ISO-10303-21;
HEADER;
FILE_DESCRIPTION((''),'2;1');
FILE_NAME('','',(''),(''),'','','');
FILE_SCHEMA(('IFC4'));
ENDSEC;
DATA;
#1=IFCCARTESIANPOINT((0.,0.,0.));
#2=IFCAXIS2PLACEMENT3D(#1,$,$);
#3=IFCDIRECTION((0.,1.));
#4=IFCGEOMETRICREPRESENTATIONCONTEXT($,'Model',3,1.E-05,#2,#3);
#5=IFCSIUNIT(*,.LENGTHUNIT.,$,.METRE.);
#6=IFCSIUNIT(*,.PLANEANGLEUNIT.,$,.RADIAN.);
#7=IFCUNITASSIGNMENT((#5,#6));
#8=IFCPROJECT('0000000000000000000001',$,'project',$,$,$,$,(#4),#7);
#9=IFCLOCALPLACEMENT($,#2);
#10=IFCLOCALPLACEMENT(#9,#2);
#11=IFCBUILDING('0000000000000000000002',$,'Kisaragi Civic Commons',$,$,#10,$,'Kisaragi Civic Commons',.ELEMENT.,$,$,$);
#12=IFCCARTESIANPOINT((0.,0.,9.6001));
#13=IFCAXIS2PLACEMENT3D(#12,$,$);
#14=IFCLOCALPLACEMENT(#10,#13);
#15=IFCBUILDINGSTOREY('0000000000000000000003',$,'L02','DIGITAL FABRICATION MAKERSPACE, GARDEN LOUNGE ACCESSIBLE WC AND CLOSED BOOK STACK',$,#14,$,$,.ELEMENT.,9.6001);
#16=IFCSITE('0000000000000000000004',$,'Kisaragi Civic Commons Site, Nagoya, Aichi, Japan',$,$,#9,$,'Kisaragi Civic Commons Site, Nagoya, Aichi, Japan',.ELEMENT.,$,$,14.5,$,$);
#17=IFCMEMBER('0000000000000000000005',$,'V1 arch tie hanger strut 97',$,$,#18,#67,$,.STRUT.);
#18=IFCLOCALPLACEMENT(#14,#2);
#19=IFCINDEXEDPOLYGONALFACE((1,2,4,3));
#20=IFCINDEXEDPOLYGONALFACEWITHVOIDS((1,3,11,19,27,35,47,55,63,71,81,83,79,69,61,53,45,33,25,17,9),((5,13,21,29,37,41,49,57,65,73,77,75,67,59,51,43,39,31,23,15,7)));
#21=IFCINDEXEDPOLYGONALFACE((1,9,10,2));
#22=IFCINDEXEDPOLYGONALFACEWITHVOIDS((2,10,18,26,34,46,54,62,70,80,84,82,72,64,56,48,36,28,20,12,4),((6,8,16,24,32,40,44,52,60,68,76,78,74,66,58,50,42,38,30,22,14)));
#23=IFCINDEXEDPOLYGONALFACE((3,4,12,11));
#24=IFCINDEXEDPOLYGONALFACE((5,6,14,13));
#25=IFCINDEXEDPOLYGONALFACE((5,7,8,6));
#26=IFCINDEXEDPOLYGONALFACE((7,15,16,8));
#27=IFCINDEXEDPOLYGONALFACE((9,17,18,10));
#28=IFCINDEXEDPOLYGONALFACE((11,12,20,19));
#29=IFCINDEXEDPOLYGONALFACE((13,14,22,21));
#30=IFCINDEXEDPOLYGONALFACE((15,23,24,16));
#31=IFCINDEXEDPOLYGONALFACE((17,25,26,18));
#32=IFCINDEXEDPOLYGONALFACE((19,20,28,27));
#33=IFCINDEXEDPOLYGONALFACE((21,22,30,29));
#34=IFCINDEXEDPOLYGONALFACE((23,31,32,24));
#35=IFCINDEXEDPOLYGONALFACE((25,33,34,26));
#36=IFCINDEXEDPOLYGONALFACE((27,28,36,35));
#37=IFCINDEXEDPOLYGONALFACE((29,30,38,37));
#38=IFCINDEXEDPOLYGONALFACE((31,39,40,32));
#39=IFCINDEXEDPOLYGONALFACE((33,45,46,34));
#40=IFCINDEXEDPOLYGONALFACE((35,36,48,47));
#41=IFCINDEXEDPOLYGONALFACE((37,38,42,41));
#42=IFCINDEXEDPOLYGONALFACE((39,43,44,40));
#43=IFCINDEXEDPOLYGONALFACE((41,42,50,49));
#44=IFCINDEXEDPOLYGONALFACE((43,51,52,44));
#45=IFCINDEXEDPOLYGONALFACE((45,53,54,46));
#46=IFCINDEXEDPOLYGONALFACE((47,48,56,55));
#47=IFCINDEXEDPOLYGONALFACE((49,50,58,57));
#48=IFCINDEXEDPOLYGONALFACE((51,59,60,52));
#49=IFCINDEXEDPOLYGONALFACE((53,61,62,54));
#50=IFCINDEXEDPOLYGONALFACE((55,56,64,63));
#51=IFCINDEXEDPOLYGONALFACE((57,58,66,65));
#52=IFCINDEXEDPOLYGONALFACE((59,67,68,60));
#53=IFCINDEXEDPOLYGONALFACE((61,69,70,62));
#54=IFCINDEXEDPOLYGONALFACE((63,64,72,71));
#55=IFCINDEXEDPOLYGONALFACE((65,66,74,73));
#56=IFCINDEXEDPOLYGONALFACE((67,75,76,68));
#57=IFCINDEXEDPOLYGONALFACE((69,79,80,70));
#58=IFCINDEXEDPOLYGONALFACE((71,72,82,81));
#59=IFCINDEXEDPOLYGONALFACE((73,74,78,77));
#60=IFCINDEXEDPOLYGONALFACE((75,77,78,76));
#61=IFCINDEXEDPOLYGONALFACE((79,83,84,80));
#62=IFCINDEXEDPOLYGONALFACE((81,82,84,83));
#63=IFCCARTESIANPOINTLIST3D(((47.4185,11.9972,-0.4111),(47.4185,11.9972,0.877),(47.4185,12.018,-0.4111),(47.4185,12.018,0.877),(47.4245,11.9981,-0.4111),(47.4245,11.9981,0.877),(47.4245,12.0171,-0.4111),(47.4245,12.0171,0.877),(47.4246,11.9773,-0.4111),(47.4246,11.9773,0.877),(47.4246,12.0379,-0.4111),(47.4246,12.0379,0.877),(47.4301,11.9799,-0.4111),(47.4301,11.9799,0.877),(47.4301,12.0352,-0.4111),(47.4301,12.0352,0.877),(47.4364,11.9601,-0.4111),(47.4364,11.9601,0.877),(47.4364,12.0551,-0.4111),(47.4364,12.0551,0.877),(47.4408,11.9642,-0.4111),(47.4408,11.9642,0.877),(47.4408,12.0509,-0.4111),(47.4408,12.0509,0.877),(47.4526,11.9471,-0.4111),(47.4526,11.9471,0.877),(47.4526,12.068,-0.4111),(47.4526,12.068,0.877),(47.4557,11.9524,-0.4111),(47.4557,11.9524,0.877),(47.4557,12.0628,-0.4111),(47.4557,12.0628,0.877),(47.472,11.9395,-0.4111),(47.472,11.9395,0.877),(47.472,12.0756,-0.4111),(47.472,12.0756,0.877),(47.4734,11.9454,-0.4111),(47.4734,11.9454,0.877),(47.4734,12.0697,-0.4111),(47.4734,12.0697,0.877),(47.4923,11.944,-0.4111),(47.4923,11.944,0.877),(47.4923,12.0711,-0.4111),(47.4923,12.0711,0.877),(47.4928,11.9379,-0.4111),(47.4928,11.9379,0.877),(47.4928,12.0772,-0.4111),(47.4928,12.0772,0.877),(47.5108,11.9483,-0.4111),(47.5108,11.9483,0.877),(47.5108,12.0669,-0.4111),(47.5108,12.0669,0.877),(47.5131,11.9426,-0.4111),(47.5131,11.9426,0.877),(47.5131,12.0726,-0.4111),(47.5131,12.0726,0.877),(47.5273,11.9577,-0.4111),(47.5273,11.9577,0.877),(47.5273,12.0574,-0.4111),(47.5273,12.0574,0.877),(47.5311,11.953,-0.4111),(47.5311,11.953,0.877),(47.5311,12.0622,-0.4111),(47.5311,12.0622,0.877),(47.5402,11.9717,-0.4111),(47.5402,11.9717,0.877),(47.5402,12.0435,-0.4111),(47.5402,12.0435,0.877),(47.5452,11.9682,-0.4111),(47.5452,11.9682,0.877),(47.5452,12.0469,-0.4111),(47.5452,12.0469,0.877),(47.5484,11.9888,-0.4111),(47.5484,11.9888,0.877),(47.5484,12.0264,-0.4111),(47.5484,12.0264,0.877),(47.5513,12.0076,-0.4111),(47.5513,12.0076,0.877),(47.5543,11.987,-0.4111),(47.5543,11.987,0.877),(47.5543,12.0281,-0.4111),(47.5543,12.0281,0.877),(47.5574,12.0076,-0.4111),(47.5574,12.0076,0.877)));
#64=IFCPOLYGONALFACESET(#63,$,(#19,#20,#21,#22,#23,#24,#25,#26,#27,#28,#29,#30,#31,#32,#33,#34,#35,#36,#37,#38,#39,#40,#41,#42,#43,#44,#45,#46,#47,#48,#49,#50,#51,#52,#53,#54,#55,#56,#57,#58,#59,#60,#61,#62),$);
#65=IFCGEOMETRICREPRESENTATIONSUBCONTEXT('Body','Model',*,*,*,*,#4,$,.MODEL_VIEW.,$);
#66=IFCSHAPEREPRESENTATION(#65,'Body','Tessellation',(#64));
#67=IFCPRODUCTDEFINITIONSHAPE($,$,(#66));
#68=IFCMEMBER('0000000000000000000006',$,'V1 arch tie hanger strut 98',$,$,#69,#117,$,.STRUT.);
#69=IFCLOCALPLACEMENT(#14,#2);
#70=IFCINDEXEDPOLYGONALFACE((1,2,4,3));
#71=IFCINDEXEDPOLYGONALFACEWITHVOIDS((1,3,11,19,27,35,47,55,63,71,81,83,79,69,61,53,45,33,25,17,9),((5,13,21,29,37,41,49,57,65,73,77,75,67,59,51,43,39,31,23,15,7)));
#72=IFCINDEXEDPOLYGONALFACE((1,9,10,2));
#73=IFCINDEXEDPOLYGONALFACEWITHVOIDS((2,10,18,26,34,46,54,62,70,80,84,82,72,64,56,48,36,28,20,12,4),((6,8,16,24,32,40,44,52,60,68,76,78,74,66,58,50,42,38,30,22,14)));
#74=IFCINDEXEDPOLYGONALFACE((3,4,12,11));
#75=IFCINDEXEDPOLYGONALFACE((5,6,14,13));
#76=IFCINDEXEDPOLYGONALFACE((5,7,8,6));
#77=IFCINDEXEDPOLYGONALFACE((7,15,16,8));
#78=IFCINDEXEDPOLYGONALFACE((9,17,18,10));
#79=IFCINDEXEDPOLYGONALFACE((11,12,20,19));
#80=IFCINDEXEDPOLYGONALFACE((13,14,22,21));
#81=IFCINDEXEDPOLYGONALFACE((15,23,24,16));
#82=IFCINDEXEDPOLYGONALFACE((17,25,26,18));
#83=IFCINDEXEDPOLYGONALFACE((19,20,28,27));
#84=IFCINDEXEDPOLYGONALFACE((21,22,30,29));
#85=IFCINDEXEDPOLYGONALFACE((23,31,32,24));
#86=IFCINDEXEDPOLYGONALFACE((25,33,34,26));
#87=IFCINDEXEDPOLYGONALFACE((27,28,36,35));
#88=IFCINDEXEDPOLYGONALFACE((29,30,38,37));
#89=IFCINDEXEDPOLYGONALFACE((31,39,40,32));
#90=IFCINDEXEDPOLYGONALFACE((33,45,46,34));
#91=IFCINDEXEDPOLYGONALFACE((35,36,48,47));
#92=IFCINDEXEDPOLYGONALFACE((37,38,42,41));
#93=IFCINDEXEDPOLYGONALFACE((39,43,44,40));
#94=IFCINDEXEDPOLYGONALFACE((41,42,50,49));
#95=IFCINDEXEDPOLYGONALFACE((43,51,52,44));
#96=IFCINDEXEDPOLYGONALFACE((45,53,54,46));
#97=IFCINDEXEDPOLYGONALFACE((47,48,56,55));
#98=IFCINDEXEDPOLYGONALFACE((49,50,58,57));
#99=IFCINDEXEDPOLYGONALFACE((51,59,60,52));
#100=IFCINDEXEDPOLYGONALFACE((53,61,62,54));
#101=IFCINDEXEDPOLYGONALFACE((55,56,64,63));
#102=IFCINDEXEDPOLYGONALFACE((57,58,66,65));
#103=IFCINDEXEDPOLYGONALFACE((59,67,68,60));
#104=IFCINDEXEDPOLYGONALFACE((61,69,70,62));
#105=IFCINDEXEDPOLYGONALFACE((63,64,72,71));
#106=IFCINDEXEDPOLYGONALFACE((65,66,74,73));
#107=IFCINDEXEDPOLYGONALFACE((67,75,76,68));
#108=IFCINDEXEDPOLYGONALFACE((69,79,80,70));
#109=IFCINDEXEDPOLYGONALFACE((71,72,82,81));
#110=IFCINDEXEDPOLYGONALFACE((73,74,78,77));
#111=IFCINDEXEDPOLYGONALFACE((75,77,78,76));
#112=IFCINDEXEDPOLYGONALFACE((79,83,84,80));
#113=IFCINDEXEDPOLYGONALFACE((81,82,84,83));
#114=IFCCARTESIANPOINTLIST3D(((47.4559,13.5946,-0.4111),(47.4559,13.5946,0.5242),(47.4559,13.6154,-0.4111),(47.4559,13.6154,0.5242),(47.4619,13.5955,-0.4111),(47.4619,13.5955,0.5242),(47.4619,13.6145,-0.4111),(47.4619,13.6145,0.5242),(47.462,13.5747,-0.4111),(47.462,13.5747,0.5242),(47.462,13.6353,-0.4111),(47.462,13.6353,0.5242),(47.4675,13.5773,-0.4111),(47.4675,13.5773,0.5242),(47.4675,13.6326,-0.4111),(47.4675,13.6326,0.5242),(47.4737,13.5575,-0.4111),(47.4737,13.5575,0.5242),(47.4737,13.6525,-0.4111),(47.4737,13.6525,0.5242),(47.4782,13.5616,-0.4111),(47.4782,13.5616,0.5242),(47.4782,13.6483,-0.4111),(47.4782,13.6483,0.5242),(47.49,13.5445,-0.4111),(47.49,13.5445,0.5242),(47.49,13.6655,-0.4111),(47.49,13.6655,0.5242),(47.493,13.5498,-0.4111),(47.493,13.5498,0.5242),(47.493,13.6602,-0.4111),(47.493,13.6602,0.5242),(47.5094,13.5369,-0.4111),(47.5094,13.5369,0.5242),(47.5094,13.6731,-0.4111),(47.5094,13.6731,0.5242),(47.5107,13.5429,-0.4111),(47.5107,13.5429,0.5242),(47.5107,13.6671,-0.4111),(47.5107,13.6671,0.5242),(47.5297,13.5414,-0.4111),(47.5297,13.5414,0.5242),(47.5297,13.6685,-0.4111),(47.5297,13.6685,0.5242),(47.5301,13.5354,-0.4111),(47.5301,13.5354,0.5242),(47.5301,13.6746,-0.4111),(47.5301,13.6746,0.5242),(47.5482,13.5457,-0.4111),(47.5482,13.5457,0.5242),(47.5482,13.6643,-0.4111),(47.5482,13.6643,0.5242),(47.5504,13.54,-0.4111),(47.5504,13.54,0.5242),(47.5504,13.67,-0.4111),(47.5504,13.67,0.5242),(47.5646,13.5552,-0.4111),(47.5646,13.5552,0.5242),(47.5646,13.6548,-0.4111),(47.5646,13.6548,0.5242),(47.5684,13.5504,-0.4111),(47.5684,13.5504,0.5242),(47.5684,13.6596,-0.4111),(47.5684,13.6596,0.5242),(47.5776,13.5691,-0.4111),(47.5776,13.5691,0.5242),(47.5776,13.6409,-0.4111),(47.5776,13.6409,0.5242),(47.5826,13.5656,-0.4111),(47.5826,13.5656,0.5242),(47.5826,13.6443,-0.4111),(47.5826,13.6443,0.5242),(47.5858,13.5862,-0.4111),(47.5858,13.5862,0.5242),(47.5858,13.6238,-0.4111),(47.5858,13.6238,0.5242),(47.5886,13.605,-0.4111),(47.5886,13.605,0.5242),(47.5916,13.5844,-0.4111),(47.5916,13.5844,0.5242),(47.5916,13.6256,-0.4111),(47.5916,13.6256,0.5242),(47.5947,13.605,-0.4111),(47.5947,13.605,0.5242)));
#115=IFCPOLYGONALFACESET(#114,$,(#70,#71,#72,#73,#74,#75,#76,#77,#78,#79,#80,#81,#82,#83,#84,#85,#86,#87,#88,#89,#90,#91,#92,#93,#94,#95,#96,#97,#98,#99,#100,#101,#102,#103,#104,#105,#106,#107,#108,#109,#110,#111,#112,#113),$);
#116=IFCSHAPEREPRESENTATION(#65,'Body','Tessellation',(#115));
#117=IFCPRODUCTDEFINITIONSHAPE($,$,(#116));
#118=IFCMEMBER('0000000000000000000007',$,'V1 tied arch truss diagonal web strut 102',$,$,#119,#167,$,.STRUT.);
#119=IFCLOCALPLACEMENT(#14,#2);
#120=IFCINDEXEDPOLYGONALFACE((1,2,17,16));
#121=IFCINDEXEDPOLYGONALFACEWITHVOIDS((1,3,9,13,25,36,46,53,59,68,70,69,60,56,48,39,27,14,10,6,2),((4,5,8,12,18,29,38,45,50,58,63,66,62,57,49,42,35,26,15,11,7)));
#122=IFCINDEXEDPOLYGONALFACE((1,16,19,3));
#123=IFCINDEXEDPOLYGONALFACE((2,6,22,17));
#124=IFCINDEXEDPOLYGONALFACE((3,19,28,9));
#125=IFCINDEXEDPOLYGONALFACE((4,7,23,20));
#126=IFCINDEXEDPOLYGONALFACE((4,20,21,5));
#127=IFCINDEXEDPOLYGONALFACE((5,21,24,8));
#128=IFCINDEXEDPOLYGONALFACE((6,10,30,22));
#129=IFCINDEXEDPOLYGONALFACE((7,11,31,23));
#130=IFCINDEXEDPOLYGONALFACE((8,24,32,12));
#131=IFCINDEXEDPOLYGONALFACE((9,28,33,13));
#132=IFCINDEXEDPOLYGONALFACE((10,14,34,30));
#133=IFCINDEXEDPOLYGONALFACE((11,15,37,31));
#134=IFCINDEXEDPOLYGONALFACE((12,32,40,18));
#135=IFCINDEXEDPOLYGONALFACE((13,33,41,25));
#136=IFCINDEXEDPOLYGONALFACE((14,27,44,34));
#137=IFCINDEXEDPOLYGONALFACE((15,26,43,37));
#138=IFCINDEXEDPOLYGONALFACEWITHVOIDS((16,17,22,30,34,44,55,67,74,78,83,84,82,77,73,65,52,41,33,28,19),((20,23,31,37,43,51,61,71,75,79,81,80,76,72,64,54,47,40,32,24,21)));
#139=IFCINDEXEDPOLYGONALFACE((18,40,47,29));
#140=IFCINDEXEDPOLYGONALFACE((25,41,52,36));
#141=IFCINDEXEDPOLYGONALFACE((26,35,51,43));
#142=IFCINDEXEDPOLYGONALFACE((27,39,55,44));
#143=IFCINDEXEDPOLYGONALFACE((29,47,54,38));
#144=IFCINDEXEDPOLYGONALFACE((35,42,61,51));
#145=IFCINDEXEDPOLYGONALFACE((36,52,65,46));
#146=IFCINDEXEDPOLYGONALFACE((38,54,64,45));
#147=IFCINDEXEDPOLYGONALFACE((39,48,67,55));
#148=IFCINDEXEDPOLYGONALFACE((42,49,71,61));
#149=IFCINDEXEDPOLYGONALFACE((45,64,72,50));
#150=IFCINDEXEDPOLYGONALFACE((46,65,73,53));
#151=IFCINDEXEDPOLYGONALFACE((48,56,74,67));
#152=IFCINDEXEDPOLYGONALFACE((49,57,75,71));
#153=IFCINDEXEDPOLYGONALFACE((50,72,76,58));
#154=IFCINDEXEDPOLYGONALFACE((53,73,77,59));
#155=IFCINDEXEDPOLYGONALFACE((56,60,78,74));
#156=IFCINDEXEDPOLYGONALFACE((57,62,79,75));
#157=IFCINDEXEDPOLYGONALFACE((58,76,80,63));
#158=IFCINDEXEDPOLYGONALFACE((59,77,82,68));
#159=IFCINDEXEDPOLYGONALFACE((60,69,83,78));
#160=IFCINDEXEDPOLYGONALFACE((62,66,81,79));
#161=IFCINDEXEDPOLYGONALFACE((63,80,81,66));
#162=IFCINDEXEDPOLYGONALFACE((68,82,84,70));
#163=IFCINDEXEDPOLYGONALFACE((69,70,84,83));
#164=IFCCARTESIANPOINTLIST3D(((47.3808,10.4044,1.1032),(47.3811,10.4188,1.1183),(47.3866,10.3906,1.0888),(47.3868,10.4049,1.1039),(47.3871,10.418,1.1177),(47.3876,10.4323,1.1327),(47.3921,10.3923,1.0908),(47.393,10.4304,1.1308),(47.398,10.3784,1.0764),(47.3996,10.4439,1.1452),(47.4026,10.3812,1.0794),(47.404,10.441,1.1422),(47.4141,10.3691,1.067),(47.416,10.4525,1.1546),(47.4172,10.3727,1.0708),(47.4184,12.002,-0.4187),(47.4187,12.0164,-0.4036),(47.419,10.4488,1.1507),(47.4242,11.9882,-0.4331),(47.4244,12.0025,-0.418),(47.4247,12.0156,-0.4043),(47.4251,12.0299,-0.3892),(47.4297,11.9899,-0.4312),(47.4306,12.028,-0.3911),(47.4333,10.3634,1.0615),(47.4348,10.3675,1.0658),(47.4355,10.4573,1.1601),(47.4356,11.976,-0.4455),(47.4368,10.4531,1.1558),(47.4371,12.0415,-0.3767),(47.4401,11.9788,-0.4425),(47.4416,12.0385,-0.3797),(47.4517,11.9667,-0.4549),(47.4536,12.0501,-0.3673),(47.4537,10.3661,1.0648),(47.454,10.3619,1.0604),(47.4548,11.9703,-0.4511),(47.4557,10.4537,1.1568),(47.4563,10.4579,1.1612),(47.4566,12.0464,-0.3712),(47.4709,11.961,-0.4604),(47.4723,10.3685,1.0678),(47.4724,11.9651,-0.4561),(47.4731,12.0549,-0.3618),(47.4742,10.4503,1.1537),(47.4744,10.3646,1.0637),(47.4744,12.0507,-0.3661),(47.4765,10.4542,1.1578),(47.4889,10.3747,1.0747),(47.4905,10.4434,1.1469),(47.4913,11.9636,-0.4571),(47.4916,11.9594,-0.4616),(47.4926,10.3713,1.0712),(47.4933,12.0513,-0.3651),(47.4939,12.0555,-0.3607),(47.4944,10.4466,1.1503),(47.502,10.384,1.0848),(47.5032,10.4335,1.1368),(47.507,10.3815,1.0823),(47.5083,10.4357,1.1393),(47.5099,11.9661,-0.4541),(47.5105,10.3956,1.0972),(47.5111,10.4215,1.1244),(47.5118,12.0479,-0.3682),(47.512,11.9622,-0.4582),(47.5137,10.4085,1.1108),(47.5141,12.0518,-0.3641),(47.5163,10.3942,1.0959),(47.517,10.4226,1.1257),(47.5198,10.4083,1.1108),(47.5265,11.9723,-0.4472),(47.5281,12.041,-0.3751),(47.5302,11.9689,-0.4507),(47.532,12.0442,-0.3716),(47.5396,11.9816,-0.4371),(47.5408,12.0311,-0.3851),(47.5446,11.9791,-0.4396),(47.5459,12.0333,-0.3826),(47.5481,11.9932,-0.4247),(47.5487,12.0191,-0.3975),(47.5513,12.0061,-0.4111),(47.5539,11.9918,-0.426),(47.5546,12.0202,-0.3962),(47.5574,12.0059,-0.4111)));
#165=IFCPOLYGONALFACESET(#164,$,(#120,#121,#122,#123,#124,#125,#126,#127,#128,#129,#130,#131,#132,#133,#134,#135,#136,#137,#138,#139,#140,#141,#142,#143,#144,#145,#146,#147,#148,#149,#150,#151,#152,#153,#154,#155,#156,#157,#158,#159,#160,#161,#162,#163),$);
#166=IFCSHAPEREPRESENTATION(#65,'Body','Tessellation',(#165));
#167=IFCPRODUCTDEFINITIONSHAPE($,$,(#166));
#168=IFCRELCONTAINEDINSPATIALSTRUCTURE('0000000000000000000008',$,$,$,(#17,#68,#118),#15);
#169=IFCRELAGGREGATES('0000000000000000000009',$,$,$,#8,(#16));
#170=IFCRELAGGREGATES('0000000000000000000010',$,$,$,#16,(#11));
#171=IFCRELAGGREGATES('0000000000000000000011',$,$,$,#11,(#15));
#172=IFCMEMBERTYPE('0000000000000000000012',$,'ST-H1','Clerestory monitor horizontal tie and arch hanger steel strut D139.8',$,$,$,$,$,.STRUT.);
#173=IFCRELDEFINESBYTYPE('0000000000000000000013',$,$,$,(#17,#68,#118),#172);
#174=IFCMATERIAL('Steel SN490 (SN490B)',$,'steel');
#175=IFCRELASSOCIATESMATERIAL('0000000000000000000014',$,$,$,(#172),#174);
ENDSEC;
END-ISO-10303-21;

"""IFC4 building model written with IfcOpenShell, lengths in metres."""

from ifc_helpers import new_model, si_unit, direction, frame, origin, origin_2d, place, context, subcontext, project, spatial, hollow_circle, extrude, material, material_profile, profile_set, type_object, element, save


model = new_model("IFC4")

# Units and contexts
model_context = context("Model", 3, precision=1e-05, world=origin(), true_north=direction((0.0, 1.0)))
body_context = subcontext(model_context, "Body", "Model", "MODEL_VIEW")
ifc_project = project(units=[si_unit("LENGTHUNIT", "METRE"), si_unit("PLANEANGLEUNIT", "RADIAN")], contexts=[model_context])

# Site, building, storey
site_placement = place(None, origin())
site = spatial("IfcSite", under=ifc_project, at=site_placement, Name="Kisaragi Civic Commons Site, Nagoya, Aichi, Japan", LongName="Kisaragi Civic Commons Site, Nagoya, Aichi, Japan", CompositionType="ELEMENT", RefElevation=14.5)
building_placement = place(site_placement, origin())
building = spatial("IfcBuilding", under=site, at=building_placement, Name="Kisaragi Civic Commons", LongName="Kisaragi Civic Commons", CompositionType="ELEMENT")
storey_placement = place(building_placement, frame((0.0, 0.0, 9.6001)))
storey = spatial("IfcBuildingStorey", under=building, at=storey_placement, Name="L02", Description="DIGITAL FABRICATION MAKERSPACE, GARDEN LOUNGE ACCESSIBLE WC AND CLOSED BOOK STACK", CompositionType="ELEMENT", Elevation=9.6001)

# Members
ifc_material_1 = material(Name="Steel SN490 (SN490B)", Category="steel")
ifc_material_profile_1 = material_profile(ifc_material_1, hollow_circle(Radius=0.0698, WallThickness=0.0061, at=origin_2d()), Name="CHS-139.8x6.0", Category="steel")
ifc_profile_set_1 = profile_set([ifc_material_profile_1], Name="Steel SN490 (SN490B)")
member_type_1 = type_object("IfcMemberType", Name="ST-H1", Description="Clerestory monitor horizontal tie and arch hanger steel strut D139.8", PredefinedType="STRUT", material=ifc_profile_set_1)
member_1_placement = place(storey_placement, frame((47.4875, 12.0076, -0.4111), z_axis=(0.0, 0.0, 1.0), x_axis=(1.0, 0.0, 0.0)))
element("IfcMember", 1, at=member_1_placement, inside=storey, type_object=member_type_1, Name="V1 arch tie hanger strut 97", PredefinedType="STRUT", context=body_context, shape_type="SweptSolid", body=[
    extrude(hollow_circle(Radius=0.0698, WallThickness=0.0061, at=origin_2d()), origin(), (0.0, 0.0, 1.0), 1.2881),
])
member_2_placement = place(storey_placement, frame((47.5249, 13.605, -0.4111), z_axis=(0.0, 0.0, 1.0), x_axis=(1.0, 0.0, 0.0)))
element("IfcMember", 2, at=member_2_placement, inside=storey, type_object=member_type_1, Name="V1 arch tie hanger strut 98", PredefinedType="STRUT", context=body_context, shape_type="SweptSolid", body=[
    extrude(hollow_circle(Radius=0.0698, WallThickness=0.0061, at=origin_2d()), origin(), (0.0, 0.0, 1.0), 0.9353),
])
member_3_placement = place(storey_placement, frame((47.4875, 12.0076, -0.4111), z_axis=(-0.017037, -0.723943, 0.689649), x_axis=(0.999723, -0.023526, 0.0)))
element("IfcMember", 3, at=member_3_placement, inside=storey, type_object=member_type_1, Name="V1 tied arch truss diagonal web strut 102", PredefinedType="STRUT", context=body_context, shape_type="SweptSolid", body=[
    extrude(hollow_circle(Radius=0.0698, WallThickness=0.0061, at=origin_2d()), origin(), (0.0, 0.0, 1.0), 2.2068),
])

save(model, "model.ifc")
